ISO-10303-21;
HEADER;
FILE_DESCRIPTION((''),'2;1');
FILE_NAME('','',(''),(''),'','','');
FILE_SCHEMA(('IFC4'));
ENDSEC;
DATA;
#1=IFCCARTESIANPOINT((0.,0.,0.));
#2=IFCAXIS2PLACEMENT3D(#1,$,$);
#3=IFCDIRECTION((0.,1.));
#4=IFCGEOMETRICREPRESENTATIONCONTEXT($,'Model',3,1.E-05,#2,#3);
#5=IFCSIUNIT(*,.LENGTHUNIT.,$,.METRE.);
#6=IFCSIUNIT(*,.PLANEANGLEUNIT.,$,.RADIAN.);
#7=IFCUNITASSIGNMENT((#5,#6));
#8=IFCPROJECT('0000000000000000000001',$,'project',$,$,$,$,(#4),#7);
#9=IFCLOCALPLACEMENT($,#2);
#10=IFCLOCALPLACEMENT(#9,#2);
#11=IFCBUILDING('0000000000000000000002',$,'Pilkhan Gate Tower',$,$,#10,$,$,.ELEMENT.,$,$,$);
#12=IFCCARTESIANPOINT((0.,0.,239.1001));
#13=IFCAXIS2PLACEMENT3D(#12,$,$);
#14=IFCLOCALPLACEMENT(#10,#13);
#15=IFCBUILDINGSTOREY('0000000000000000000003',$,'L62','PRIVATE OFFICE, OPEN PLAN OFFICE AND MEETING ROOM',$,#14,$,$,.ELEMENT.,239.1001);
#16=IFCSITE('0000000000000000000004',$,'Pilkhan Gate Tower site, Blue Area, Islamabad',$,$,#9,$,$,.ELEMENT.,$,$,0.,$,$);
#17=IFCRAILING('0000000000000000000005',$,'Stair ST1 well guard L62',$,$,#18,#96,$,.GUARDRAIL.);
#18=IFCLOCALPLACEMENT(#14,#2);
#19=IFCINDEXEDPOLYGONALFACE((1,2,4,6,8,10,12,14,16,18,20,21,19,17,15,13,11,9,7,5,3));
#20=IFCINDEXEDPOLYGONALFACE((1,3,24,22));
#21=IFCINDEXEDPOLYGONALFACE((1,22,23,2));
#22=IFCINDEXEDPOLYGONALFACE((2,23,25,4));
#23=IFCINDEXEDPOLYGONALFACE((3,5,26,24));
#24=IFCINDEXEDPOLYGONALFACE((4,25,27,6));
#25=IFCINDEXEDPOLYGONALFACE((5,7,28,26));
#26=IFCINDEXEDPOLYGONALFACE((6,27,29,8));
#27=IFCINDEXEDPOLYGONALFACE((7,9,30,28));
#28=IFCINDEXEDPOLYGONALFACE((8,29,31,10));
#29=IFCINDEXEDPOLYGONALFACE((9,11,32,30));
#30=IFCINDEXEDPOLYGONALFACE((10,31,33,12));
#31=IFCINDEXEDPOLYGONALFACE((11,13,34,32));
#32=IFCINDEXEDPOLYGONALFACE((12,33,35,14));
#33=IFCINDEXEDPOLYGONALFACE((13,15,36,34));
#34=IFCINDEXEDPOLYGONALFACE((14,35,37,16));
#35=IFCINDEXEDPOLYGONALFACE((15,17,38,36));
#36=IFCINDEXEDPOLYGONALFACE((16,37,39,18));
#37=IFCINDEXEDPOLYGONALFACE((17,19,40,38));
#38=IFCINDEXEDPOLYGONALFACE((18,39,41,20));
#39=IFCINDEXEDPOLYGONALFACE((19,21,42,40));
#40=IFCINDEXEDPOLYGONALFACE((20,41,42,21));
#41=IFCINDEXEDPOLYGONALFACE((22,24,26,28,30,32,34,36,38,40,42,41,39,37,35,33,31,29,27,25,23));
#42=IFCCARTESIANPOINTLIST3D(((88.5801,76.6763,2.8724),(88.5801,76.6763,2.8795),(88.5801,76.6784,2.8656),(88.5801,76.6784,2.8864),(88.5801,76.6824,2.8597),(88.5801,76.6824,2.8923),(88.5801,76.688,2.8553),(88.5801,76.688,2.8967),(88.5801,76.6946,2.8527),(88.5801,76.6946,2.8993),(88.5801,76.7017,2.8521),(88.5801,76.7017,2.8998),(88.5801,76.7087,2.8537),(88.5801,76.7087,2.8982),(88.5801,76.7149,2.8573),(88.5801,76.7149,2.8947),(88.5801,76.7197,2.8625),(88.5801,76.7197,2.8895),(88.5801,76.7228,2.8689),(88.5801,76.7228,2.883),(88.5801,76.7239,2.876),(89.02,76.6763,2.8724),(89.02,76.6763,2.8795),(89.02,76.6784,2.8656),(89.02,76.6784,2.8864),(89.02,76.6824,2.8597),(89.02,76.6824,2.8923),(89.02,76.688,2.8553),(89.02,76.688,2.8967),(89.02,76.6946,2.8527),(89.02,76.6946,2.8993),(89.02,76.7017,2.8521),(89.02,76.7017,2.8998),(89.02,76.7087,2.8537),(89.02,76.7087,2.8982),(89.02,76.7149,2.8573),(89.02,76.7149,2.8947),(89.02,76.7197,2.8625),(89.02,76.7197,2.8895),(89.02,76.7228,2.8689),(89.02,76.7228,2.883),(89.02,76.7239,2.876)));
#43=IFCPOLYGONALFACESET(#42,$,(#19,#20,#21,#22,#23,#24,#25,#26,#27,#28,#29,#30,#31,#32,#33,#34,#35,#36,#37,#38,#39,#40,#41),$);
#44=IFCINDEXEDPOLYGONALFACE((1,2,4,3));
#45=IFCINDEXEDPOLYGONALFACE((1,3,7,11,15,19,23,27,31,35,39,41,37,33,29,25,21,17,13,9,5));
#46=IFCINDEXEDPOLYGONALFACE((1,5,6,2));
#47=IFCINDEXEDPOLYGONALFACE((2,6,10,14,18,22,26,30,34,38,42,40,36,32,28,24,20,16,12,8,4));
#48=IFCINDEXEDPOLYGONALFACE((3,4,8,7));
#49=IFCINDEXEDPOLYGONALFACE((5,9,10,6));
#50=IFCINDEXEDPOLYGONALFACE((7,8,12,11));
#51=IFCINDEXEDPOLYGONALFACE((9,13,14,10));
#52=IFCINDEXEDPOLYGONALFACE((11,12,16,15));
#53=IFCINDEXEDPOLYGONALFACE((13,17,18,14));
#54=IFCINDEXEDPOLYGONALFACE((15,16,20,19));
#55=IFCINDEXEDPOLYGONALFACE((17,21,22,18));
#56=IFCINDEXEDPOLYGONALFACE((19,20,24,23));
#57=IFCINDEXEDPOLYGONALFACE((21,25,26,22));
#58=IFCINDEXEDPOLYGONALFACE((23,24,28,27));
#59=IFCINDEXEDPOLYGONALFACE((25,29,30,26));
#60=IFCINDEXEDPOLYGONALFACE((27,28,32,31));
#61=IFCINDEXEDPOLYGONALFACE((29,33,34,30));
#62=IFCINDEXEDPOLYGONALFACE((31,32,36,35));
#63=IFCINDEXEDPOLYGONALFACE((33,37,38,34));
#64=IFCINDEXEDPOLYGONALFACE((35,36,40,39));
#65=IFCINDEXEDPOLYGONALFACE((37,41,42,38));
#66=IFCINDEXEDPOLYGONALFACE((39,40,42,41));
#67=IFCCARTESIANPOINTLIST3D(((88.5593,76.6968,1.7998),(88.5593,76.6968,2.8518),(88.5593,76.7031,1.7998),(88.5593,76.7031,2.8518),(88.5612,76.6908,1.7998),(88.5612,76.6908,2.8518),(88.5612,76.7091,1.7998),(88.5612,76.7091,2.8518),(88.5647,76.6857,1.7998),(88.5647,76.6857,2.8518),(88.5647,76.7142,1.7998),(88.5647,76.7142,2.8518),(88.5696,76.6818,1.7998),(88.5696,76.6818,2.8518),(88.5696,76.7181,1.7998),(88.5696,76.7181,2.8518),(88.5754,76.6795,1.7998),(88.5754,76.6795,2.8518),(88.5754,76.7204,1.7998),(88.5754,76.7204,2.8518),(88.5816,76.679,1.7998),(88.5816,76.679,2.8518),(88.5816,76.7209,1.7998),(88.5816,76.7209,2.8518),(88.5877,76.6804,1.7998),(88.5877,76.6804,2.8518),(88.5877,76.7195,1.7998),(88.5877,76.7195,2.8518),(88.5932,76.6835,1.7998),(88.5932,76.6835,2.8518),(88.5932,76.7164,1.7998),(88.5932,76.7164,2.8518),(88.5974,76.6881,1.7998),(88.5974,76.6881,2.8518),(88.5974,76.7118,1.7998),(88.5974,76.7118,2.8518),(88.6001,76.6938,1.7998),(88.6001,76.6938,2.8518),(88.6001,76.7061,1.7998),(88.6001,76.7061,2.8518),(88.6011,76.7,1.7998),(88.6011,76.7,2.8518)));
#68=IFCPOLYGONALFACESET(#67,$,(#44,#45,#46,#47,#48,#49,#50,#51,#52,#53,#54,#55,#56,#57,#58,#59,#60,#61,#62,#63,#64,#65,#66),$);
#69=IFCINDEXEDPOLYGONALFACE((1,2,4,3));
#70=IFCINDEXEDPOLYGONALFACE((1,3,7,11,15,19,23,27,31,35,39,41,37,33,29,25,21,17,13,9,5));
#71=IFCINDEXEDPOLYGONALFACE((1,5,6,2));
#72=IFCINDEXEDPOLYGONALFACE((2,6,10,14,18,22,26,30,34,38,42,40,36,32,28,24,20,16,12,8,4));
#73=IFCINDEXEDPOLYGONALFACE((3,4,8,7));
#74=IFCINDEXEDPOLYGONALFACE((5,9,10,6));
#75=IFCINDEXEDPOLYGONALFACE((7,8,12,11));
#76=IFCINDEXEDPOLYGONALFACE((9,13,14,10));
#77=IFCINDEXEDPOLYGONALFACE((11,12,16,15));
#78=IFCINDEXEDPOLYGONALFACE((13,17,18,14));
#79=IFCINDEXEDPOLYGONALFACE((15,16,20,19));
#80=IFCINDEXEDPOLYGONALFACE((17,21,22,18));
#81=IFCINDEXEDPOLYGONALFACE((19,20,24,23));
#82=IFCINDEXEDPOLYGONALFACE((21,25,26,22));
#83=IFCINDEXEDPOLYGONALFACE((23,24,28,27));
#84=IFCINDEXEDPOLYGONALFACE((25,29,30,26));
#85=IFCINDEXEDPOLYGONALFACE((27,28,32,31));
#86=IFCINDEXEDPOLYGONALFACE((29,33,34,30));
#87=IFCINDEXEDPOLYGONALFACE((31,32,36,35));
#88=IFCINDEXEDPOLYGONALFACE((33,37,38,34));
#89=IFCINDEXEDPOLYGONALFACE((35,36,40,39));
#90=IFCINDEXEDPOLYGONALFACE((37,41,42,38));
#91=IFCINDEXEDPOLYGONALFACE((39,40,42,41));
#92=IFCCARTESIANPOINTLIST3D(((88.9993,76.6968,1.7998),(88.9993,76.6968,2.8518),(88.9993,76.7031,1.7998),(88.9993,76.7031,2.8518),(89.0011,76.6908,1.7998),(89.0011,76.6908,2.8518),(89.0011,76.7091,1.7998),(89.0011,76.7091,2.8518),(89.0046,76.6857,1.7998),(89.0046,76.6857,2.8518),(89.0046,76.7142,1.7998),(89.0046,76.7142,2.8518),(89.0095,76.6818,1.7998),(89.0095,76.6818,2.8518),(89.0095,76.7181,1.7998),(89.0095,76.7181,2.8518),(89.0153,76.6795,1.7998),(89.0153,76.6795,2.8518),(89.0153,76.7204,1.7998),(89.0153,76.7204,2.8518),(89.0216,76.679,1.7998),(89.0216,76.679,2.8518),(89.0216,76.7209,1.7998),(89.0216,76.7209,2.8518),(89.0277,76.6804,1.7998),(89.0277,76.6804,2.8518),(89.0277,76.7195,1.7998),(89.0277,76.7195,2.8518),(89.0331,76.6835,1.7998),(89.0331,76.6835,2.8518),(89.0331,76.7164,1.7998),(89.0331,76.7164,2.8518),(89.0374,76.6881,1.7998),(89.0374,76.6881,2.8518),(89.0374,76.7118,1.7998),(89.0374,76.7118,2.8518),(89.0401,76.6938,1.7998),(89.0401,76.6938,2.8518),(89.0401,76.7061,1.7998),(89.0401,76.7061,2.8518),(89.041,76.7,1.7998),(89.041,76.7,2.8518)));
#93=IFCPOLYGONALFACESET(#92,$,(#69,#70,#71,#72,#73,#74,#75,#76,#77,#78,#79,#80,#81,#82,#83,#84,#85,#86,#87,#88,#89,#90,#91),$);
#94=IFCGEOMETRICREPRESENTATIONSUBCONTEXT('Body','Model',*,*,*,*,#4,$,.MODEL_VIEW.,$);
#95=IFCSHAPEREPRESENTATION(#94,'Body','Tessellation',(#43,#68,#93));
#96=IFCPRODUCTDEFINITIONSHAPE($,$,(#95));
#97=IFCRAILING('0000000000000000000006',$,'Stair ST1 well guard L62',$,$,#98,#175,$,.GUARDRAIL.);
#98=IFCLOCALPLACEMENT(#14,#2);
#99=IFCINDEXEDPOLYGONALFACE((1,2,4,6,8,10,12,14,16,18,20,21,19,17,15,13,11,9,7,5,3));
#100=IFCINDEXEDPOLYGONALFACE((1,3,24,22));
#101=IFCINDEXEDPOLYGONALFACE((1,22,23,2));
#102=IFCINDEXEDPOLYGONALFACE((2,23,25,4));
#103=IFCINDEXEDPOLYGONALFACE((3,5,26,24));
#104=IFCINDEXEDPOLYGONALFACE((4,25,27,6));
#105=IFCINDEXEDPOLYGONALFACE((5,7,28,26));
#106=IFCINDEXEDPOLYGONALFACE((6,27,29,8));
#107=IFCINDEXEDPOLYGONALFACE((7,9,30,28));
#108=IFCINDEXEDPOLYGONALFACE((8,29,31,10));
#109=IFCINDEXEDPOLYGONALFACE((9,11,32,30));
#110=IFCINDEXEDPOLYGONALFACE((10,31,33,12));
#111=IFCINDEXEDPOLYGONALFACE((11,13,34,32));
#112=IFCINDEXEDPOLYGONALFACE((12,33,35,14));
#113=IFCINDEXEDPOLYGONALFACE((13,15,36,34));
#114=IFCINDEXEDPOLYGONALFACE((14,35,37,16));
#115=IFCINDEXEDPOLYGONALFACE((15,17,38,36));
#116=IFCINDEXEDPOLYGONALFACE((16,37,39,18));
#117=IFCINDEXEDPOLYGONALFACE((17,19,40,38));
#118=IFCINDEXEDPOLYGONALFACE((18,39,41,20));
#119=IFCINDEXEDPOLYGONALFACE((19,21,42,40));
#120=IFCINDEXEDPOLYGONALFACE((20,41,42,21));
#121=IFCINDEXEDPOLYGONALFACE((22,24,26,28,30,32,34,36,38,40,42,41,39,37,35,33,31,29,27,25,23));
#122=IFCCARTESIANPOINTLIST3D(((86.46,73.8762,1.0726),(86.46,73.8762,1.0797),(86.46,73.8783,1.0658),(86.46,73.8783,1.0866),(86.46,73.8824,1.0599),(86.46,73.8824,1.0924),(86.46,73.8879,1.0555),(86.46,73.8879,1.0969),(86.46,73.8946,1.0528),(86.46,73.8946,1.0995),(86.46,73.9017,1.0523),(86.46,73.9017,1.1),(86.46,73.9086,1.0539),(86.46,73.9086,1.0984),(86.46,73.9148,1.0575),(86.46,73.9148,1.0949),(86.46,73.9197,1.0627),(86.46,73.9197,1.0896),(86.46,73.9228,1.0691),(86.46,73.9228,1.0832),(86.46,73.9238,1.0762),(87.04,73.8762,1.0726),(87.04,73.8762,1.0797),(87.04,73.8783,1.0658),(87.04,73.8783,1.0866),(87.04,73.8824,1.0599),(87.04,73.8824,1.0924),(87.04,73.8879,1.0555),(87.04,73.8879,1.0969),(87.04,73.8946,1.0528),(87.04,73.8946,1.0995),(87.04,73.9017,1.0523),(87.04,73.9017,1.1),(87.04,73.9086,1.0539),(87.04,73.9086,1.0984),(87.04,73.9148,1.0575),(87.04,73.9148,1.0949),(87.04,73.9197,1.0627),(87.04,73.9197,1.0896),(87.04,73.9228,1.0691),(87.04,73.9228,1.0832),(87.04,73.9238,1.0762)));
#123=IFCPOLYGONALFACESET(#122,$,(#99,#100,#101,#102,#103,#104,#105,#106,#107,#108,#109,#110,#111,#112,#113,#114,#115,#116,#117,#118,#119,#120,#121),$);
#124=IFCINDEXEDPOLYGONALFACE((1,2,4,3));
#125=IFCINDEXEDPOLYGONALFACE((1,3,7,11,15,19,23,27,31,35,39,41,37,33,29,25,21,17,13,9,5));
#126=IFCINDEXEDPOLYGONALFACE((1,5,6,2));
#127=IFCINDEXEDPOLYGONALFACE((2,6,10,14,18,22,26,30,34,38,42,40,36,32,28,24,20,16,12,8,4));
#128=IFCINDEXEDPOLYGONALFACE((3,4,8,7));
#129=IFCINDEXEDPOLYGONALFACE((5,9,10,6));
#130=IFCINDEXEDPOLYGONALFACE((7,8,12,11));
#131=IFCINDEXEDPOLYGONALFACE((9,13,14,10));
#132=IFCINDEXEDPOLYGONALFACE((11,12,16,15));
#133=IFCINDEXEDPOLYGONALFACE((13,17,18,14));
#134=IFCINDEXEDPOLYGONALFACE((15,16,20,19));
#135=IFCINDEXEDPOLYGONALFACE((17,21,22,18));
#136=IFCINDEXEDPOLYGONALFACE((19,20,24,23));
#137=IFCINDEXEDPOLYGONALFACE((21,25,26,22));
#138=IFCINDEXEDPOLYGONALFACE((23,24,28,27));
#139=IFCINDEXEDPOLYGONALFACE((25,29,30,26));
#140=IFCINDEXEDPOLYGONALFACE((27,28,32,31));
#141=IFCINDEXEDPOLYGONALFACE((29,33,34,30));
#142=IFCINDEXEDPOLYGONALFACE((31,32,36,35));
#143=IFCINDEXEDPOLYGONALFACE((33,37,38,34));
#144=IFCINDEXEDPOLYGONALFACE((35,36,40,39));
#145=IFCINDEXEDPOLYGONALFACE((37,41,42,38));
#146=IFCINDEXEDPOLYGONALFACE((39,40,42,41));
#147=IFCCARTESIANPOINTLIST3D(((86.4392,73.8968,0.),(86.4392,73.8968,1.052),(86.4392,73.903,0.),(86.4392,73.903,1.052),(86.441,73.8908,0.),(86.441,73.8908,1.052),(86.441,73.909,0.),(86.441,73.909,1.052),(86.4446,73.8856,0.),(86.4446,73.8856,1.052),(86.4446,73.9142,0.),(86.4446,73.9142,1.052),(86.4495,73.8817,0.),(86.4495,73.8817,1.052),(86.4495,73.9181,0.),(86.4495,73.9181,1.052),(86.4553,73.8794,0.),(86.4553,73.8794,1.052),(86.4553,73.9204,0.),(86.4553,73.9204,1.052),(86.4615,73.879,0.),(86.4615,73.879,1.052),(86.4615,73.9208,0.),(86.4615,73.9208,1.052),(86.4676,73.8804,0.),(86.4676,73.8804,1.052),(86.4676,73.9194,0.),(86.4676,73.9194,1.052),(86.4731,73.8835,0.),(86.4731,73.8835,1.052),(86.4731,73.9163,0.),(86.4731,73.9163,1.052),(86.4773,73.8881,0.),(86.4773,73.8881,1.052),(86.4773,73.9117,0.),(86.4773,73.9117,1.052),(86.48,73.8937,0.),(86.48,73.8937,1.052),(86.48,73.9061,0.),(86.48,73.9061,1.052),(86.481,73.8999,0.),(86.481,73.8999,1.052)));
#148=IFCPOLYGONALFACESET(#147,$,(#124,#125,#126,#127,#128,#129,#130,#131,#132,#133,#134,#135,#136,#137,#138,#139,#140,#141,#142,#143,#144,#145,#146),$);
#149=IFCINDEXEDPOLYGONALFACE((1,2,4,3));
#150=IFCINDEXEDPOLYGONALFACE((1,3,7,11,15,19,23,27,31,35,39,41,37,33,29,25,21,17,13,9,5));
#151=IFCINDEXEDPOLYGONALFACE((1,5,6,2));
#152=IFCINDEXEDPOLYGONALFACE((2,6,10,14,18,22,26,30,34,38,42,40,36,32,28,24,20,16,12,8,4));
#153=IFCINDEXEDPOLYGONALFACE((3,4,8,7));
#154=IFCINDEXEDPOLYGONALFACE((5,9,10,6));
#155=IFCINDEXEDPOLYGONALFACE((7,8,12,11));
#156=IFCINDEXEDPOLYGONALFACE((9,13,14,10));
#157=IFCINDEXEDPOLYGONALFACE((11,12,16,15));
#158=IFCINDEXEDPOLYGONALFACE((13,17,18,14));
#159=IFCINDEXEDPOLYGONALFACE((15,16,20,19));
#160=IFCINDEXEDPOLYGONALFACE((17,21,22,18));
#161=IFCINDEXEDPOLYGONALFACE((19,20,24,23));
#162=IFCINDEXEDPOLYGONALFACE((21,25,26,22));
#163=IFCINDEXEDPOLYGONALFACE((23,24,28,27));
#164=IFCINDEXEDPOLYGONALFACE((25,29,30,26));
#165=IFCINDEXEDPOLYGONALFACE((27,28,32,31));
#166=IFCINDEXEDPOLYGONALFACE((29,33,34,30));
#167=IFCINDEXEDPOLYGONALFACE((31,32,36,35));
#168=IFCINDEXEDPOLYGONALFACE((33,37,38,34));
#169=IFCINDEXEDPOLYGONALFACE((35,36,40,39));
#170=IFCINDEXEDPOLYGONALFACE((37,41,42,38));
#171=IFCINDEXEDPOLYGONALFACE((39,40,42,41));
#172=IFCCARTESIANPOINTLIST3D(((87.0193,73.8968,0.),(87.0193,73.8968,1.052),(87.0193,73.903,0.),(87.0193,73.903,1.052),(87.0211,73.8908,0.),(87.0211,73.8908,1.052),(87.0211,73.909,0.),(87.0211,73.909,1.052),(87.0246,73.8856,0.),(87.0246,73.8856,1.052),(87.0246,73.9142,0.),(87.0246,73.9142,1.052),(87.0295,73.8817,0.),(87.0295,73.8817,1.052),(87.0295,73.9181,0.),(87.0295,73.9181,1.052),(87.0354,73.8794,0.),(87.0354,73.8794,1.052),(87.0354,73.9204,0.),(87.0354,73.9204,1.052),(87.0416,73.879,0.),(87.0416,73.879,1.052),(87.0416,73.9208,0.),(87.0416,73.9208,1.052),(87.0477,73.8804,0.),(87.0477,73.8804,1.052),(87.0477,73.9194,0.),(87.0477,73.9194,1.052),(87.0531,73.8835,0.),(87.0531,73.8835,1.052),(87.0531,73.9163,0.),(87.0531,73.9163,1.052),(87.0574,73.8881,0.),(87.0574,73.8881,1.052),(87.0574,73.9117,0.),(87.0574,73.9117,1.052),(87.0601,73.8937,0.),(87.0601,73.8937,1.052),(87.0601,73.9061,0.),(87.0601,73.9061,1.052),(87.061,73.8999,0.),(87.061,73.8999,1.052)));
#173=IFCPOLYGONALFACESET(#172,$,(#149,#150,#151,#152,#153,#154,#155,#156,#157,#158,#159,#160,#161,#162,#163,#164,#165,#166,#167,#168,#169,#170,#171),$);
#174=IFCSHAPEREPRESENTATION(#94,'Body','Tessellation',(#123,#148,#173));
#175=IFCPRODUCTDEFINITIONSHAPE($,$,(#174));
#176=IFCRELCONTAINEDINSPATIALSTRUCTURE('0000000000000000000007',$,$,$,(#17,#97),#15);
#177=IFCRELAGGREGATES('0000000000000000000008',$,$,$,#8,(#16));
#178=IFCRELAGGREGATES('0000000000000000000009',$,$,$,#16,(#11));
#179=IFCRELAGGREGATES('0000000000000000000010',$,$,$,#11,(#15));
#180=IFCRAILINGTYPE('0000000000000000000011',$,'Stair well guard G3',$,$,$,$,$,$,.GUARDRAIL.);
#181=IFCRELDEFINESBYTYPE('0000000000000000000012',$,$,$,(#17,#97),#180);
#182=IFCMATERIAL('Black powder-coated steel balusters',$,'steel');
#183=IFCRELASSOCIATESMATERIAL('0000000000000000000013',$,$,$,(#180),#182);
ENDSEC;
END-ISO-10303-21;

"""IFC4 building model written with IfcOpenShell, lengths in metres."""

from ifc_helpers import new_model, si_unit, direction, frame, origin, origin_2d, place, context, subcontext, project, spatial, circle, extrude, material, type_object, element, save


model = new_model("IFC4")

# Units and contexts
model_context = context("Model", 3, precision=1e-05, world=origin(), true_north=direction((0.0, 1.0)))
body_context = subcontext(model_context, "Body", "Model", "MODEL_VIEW")
ifc_project = project(units=[si_unit("LENGTHUNIT", "METRE"), si_unit("PLANEANGLEUNIT", "RADIAN")], contexts=[model_context])

# Site, building, storey
site_placement = place(None, origin())
site = spatial("IfcSite", under=ifc_project, at=site_placement, Name="Pilkhan Gate Tower site, Blue Area, Islamabad", CompositionType="ELEMENT", RefElevation=0.0)
building_placement = place(site_placement, origin())
building = spatial("IfcBuilding", under=site, at=building_placement, Name="Pilkhan Gate Tower", CompositionType="ELEMENT")
storey_placement = place(building_placement, frame((0.0, 0.0, 239.1001)))
storey = spatial("IfcBuildingStorey", under=building, at=storey_placement, Name="L62", Description="PRIVATE OFFICE, OPEN PLAN OFFICE AND MEETING ROOM", CompositionType="ELEMENT", Elevation=239.1001)

# Railings
ifc_material_1 = material(Name="Black powder-coated steel balusters", Category="steel")
railing_type_1 = type_object("IfcRailingType", Name="Stair well guard G3", PredefinedType="GUARDRAIL", material=ifc_material_1)
railing_1_placement = place(storey_placement, frame((88.5801, 76.7, 1.7998)))
element("IfcRailing", 1, at=railing_1_placement, inside=storey, type_object=railing_type_1, Name="Stair ST1 well guard L62", PredefinedType="GUARDRAIL", context=body_context, shape_type="SweptSolid", body=[
    extrude(circle(Radius=0.0239, at=origin_2d()), frame((0.0, 0.0, 1.0762), z_axis=(1.0, 0.0, 0.0), x_axis=(0.0, 1.0, 0.0)), (0.0, 0.0, 1.0), 0.4399),
    extrude(circle(Radius=0.021, at=origin_2d()), origin(), (0.0, 0.0, 1.0), 1.052),
    extrude(circle(Radius=0.021, at=origin_2d()), frame((0.4399, 0.0, 0.0)), (0.0, 0.0, 1.0), 1.052),
])
for number, where, name in (
    (2, (86.46, 73.8999, 0.0), "Stair ST1 well guard L62"),
):
    element("IfcRailing", number, at=place(storey_placement, frame(where)), inside=storey, type_object=railing_type_1, Name=name, PredefinedType="GUARDRAIL", context=body_context, shape_type="SweptSolid", body=[
        extrude(circle(Radius=0.0239, at=origin_2d()), frame((0.0, 0.0, 1.0762), z_axis=(1.0, 0.0, 0.0), x_axis=(0.0, 1.0, 0.0)), (0.0, 0.0, 1.0), 0.5801),
        extrude(circle(Radius=0.021, at=origin_2d()), origin(), (0.0, 0.0, 1.0), 1.052),
        extrude(circle(Radius=0.021, at=origin_2d()), frame((0.5801, 0.0, 0.0)), (0.0, 0.0, 1.0), 1.052),
    ])

save(model, "model.ifc")
